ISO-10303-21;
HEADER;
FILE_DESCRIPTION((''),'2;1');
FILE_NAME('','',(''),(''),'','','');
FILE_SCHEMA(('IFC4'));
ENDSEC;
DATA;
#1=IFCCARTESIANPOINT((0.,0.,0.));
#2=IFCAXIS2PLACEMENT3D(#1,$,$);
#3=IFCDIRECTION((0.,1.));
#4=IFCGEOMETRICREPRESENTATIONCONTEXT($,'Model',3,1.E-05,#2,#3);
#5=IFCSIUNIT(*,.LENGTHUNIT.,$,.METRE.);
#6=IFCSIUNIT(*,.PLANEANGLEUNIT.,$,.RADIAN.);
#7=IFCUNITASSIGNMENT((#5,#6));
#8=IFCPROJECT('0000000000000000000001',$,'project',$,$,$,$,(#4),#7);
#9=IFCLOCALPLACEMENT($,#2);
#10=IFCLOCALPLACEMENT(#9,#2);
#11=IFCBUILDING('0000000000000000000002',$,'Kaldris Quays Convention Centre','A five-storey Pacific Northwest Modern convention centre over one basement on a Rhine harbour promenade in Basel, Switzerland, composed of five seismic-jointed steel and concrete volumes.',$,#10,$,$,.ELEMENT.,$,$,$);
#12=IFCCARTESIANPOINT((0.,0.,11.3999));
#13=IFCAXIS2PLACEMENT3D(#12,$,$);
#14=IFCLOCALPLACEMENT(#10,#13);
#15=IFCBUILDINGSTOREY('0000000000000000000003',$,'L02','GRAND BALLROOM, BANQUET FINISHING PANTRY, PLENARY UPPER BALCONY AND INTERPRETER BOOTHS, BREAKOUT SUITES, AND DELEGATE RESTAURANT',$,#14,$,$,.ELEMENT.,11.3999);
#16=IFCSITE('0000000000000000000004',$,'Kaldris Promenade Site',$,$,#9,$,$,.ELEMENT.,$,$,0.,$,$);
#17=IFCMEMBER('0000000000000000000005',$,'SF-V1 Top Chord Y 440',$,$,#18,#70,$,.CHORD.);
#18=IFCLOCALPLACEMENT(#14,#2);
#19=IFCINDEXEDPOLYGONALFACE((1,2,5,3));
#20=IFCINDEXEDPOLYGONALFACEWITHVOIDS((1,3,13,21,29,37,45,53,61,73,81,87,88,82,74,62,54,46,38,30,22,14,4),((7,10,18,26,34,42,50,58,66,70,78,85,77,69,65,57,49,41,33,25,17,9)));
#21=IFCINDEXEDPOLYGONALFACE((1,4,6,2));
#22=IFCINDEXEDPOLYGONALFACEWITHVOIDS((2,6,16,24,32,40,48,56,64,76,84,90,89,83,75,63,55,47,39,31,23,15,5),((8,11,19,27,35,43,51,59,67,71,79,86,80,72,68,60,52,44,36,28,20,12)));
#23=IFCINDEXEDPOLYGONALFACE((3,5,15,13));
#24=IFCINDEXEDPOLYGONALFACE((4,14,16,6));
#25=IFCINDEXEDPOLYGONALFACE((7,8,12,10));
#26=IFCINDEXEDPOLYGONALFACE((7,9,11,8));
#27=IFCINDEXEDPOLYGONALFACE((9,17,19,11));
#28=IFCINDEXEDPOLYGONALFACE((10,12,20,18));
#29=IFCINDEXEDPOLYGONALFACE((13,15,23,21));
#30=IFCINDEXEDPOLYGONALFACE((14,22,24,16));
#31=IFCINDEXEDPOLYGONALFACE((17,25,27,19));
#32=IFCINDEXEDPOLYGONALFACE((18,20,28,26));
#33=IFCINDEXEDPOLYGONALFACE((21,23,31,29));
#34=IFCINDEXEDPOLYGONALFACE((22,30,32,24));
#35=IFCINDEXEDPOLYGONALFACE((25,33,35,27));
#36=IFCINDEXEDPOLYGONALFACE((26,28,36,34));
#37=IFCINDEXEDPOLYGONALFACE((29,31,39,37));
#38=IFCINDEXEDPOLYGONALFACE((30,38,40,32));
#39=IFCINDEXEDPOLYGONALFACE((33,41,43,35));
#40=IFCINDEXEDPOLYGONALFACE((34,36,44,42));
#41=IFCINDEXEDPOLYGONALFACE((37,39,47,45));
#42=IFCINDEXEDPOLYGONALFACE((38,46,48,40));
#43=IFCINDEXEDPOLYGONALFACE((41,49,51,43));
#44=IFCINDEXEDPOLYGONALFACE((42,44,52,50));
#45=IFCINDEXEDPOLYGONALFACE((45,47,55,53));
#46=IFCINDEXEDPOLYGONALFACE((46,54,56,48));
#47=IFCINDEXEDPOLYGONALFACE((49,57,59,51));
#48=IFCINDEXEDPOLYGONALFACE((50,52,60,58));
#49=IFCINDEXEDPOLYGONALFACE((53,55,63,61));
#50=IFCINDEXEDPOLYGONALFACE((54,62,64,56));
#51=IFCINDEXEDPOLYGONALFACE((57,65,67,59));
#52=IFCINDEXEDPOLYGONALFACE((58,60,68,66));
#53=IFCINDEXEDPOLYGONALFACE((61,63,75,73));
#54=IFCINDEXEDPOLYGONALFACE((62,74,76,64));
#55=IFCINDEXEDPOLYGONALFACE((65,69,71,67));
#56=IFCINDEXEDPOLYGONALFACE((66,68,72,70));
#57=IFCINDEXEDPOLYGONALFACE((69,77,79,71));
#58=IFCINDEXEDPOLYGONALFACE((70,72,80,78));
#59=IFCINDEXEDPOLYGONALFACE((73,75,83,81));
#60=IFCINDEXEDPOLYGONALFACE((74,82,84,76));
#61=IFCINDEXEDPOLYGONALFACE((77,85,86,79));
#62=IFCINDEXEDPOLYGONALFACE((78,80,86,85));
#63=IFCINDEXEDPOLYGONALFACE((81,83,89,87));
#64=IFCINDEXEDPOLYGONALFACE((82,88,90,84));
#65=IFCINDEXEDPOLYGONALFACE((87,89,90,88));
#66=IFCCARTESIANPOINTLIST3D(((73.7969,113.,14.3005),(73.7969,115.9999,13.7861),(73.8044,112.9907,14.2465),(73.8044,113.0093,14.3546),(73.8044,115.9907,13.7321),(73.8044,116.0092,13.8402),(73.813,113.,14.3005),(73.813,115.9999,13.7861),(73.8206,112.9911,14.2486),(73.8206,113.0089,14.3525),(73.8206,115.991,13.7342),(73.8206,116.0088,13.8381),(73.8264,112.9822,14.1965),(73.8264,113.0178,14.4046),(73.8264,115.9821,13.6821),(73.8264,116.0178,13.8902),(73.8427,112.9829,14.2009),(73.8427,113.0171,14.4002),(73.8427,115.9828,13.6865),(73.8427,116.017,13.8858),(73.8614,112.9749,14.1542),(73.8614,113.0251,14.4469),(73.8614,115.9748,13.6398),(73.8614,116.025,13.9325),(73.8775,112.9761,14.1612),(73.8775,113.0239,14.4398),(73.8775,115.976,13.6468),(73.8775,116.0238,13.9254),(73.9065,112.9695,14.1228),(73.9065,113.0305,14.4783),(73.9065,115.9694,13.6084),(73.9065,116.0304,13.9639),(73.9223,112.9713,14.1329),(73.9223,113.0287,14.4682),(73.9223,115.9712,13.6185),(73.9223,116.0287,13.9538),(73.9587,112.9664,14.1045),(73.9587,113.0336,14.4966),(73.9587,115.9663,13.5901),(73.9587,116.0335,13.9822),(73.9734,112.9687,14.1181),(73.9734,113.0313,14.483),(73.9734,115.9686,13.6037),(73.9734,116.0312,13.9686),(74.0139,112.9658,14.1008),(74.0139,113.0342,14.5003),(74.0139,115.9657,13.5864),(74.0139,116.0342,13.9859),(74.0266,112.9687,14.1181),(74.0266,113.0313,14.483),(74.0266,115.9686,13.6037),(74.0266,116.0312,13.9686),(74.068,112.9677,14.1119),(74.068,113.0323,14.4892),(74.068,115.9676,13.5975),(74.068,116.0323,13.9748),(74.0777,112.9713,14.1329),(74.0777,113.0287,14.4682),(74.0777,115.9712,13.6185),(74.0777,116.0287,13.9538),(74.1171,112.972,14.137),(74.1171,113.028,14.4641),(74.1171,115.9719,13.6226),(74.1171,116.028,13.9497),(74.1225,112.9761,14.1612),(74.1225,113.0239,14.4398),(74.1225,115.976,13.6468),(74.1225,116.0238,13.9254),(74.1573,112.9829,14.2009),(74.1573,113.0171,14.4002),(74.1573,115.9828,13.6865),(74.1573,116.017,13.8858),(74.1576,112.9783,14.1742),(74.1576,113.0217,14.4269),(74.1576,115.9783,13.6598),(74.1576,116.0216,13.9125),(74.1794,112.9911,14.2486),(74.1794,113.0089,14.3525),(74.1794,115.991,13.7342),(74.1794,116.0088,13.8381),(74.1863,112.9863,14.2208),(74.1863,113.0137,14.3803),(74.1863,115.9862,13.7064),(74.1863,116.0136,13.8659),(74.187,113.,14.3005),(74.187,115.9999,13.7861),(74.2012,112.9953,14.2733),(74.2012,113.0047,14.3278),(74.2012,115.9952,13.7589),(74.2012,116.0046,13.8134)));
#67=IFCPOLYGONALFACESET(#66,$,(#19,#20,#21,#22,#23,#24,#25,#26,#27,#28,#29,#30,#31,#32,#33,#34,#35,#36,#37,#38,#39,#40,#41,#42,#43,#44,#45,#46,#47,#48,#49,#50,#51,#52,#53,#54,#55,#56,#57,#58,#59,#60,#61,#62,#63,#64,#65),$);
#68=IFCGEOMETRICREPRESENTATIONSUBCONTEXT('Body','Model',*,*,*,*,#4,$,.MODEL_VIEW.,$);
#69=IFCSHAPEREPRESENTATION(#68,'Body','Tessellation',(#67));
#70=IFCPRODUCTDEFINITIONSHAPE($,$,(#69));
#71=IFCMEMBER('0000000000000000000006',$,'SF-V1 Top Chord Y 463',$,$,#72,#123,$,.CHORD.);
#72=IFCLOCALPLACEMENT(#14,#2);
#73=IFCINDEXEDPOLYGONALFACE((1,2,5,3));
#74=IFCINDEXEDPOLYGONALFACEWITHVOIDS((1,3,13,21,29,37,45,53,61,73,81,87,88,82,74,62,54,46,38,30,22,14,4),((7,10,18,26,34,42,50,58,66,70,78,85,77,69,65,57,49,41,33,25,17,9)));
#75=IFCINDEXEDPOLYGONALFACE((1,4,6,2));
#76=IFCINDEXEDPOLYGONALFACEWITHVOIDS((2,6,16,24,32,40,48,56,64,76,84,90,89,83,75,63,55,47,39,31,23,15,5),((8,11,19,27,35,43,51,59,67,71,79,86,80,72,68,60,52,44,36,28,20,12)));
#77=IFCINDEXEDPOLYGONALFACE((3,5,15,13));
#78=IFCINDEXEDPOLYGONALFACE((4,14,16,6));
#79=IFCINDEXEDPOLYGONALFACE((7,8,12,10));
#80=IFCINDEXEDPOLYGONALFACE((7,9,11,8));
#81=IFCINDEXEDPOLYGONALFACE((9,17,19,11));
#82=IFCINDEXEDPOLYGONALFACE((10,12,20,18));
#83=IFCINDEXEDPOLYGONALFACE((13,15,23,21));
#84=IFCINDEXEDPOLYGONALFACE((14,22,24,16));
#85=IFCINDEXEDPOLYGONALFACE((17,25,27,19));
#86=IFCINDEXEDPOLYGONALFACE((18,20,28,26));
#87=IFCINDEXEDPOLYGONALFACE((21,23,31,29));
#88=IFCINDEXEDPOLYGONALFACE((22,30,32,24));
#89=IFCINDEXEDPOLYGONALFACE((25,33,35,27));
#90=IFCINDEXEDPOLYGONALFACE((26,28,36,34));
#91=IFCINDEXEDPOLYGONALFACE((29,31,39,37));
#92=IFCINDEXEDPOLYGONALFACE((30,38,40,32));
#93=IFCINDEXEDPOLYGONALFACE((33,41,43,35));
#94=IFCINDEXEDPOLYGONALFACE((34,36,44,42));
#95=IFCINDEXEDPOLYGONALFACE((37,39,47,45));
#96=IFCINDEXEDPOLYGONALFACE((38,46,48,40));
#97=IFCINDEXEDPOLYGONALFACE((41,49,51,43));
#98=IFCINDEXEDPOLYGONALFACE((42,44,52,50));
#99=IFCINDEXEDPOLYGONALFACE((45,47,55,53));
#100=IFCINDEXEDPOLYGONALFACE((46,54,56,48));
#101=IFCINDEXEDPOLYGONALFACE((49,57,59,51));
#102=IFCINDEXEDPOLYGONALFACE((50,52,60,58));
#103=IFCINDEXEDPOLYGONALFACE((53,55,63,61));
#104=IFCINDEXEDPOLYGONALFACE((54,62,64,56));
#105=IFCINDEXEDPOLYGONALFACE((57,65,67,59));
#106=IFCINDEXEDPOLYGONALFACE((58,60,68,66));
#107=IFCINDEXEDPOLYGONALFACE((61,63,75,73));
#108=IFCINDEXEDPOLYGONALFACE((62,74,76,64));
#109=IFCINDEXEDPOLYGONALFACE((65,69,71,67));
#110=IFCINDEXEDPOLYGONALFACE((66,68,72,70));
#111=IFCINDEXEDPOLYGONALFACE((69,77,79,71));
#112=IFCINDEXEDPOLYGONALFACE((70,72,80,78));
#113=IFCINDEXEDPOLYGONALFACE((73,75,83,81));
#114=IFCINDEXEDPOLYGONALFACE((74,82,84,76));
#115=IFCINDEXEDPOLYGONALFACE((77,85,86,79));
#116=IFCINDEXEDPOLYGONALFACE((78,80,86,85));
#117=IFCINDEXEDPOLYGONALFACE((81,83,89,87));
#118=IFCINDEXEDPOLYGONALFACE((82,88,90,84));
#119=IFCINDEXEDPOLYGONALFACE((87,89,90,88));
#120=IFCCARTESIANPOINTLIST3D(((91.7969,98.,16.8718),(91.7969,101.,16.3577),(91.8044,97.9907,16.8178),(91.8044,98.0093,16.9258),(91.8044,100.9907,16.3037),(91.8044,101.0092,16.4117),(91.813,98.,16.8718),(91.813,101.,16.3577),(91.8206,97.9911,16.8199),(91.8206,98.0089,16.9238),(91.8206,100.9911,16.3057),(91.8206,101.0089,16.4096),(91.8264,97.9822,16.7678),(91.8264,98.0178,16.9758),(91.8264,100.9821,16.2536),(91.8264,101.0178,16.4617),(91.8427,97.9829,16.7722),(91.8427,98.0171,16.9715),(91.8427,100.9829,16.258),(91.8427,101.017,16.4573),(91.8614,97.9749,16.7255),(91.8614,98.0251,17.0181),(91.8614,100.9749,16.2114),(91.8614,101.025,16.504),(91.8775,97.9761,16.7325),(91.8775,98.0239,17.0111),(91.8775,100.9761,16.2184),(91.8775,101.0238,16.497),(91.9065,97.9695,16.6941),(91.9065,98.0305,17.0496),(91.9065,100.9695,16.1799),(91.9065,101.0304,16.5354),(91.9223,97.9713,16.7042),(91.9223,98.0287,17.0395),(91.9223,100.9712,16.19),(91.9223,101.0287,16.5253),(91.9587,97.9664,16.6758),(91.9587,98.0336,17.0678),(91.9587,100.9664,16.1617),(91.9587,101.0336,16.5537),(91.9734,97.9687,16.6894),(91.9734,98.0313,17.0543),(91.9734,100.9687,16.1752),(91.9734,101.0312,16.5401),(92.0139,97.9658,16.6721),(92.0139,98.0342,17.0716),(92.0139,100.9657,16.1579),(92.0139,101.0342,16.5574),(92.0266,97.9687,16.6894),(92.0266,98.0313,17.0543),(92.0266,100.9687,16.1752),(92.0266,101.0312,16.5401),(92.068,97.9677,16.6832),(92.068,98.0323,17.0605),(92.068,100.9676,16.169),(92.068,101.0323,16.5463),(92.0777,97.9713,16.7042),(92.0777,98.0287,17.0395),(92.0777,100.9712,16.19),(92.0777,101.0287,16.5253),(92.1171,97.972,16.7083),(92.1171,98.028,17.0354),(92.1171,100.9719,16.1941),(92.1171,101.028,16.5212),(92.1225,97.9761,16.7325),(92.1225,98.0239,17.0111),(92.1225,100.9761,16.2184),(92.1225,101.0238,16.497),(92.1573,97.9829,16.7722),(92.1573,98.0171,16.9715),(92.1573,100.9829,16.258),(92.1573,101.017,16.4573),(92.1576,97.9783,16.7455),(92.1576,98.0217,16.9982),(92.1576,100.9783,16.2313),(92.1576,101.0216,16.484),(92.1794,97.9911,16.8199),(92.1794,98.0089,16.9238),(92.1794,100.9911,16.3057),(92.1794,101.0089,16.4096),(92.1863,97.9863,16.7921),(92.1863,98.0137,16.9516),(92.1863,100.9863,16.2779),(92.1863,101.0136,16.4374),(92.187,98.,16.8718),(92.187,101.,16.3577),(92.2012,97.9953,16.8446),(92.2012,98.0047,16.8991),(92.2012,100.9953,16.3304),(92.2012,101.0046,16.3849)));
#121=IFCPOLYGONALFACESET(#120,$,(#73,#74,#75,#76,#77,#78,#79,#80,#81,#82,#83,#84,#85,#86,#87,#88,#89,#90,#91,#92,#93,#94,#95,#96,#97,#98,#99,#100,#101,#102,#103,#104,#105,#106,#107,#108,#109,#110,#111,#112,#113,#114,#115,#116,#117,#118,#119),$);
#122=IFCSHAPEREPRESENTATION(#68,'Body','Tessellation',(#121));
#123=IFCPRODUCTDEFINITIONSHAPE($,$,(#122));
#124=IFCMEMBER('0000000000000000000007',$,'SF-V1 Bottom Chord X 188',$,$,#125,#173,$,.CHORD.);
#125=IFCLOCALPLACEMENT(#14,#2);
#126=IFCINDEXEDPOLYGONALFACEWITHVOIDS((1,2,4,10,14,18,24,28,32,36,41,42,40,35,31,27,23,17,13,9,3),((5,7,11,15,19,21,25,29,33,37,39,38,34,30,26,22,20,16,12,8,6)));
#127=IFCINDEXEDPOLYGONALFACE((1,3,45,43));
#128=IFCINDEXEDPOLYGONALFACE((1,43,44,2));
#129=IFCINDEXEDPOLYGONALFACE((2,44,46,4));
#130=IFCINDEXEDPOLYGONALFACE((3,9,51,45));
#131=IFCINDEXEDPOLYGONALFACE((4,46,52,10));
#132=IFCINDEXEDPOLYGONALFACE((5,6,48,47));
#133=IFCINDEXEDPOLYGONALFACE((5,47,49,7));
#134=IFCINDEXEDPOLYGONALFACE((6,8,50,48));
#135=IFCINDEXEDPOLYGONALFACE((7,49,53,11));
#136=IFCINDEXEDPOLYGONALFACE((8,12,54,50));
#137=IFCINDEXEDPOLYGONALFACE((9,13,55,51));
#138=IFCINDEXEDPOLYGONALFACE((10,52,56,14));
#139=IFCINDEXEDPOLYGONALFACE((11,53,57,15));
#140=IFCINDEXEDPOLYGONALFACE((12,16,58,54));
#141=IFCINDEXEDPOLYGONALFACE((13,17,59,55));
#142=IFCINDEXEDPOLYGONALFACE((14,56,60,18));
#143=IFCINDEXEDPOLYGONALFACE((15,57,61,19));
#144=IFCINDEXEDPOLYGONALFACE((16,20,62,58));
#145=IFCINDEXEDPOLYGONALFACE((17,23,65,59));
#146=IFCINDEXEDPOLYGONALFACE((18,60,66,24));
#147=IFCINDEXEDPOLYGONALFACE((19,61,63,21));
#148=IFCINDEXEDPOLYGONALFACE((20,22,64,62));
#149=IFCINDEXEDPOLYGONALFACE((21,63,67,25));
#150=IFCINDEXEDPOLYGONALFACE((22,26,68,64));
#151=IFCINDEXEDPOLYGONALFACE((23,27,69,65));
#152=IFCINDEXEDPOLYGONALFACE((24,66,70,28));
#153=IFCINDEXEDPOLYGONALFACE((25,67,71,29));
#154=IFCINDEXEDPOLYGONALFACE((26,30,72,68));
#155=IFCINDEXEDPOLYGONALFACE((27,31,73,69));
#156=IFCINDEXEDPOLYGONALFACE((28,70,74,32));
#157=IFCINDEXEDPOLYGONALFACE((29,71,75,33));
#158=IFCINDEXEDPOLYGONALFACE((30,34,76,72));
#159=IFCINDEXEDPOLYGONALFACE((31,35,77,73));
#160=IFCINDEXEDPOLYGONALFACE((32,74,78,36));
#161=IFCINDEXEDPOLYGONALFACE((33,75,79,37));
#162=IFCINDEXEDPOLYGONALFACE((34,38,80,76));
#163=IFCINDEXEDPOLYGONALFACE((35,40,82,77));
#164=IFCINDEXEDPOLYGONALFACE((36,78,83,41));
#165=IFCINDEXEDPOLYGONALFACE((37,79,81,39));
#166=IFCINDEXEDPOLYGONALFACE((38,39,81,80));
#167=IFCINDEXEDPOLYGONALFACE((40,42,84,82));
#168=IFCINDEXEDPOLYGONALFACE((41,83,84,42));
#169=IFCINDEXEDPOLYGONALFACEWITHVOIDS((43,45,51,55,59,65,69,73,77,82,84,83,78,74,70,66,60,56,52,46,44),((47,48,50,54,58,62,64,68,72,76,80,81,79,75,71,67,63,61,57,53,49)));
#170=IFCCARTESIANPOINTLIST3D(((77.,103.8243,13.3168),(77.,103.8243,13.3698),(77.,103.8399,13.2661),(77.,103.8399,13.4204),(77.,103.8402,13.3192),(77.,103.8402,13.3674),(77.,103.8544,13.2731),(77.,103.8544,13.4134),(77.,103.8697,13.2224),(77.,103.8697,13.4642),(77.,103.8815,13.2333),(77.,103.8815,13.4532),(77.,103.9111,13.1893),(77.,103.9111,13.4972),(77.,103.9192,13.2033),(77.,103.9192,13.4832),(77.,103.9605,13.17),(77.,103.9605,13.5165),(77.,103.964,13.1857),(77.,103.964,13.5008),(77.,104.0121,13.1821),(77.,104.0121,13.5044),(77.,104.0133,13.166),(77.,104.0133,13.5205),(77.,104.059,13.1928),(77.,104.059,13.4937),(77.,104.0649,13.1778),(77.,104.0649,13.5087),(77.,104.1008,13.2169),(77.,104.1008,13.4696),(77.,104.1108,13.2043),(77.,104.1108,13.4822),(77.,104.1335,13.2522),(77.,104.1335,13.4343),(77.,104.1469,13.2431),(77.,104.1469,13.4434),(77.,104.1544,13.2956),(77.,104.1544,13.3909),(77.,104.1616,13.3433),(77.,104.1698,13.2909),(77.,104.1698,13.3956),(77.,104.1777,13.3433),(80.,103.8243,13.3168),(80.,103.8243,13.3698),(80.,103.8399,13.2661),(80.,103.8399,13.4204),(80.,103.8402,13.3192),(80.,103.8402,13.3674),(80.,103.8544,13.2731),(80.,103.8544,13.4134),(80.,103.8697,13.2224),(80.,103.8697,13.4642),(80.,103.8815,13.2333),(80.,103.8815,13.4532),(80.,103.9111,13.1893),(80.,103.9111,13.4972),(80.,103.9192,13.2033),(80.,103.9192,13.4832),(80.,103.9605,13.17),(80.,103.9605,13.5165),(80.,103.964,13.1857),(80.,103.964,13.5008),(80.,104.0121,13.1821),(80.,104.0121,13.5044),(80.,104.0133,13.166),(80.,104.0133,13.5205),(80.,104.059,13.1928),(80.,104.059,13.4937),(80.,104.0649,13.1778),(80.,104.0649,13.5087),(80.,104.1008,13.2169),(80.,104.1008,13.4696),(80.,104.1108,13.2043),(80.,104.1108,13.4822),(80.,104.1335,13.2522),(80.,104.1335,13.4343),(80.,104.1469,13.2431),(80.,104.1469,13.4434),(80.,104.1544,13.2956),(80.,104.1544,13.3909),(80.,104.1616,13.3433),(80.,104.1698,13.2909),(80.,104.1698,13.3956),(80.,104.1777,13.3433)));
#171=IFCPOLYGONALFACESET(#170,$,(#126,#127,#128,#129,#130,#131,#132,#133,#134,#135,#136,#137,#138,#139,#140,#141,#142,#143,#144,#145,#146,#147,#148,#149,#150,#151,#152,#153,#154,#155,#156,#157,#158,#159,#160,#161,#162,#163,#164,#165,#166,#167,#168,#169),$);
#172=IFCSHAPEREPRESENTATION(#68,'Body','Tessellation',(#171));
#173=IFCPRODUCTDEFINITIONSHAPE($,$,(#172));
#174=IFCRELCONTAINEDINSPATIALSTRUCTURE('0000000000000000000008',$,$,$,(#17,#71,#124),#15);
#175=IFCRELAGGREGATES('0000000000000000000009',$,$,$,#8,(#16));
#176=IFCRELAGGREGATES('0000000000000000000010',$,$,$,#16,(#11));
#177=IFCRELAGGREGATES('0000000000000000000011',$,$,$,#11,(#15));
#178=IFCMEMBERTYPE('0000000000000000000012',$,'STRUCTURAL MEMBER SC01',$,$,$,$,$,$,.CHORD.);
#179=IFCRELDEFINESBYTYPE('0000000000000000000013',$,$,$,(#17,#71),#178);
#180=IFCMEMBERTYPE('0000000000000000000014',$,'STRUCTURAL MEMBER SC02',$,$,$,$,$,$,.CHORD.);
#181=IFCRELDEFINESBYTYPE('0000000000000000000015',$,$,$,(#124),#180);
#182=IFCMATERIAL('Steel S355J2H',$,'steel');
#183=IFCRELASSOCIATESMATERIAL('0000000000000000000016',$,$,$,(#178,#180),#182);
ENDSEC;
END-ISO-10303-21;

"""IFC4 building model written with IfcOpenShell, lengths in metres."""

from ifc_helpers import new_model, si_unit, direction, frame, origin, origin_2d, place, context, subcontext, project, spatial, hollow_circle, extrude, material, material_profile, profile_set, type_object, element, save


model = new_model("IFC4")

# Units and contexts
model_context = context("Model", 3, precision=1e-05, world=origin(), true_north=direction((0.0, 1.0)))
body_context = subcontext(model_context, "Body", "Model", "MODEL_VIEW")
ifc_project = project(units=[si_unit("LENGTHUNIT", "METRE"), si_unit("PLANEANGLEUNIT", "RADIAN")], contexts=[model_context])

# Site, building, storey
site_placement = place(None, origin())
site = spatial("IfcSite", under=ifc_project, at=site_placement, Name="Kaldris Promenade Site", CompositionType="ELEMENT", RefElevation=0.0)
building_placement = place(site_placement, origin())
building = spatial("IfcBuilding", under=site, at=building_placement, Name="Kaldris Quays Convention Centre", Description="A five-storey Pacific Northwest Modern convention centre over one basement on a Rhine harbour promenade in Basel, Switzerland, composed of five seismic-jointed steel and concrete volumes.", CompositionType="ELEMENT")
storey_placement = place(building_placement, frame((0.0, 0.0, 11.3999)))
storey = spatial("IfcBuildingStorey", under=building, at=storey_placement, Name="L02", Description="GRAND BALLROOM, BANQUET FINISHING PANTRY, PLENARY UPPER BALCONY AND INTERPRETER BOOTHS, BREAKOUT SUITES, AND DELEGATE RESTAURANT", CompositionType="ELEMENT", Elevation=11.3999)

# Members
ifc_material_1 = material(Name="Steel S355J2H", Category="steel")
ifc_material_profile_1 = material_profile(ifc_material_1, hollow_circle(Radius=0.2031, WallThickness=0.0161, at=origin_2d()), Name="CHS 406.4x16")
ifc_profile_set_1 = profile_set([ifc_material_profile_1], Name="Steel S355J2H")
member_type_1 = type_object("IfcMemberType", Name="STRUCTURAL MEMBER SC01", PredefinedType="CHORD", material=ifc_profile_set_1)
for number, where, z_axis, x_axis, name in (
    (1, (74.0, 113.0, 14.3005), (0.0, 0.985616, -0.169002), (-1.0, 0.0, 0.0), "SF-V1 Top Chord Y 440"),
    (2, (92.0, 98.0, 16.8718), (0.0, 0.985629, -0.168924), (-1.0, 0.0, 0.0), "SF-V1 Top Chord Y 463"),
):
    element("IfcMember", number, at=place(storey_placement, frame(where, z_axis=z_axis, x_axis=x_axis)), inside=storey, type_object=member_type_1, Name=name, PredefinedType="CHORD", context=body_context, shape_type="SweptSolid", body=[
        extrude(hollow_circle(Radius=0.2031, WallThickness=0.0161, at=origin_2d()), origin(), (0.0, 0.0, 1.0), 3.0437),
    ])
ifc_material_profile_2 = material_profile(ifc_material_1, hollow_circle(Radius=0.1777, WallThickness=0.0161, at=origin_2d()), Name="CHS 355.6x16")
ifc_profile_set_2 = profile_set([ifc_material_profile_2], Name="Steel S355J2H")
member_type_2 = type_object("IfcMemberType", Name="STRUCTURAL MEMBER SC02", PredefinedType="CHORD", material=ifc_profile_set_2)
for number, where, z_axis, x_axis, name in (
    (3, (77.0, 104.0, 13.3433), (1.0, 0.0, 0.0), (0.0, 1.0, 0.0), "SF-V1 Bottom Chord X 188"),
):
    element("IfcMember", number, at=place(storey_placement, frame(where, z_axis=z_axis, x_axis=x_axis)), inside=storey, type_object=member_type_2, Name=name, PredefinedType="CHORD", context=body_context, shape_type="SweptSolid", body=[
        extrude(hollow_circle(Radius=0.1777, WallThickness=0.0161, at=origin_2d()), origin(), (0.0, 0.0, 1.0), 3.0),
    ])

save(model, "model.ifc")
